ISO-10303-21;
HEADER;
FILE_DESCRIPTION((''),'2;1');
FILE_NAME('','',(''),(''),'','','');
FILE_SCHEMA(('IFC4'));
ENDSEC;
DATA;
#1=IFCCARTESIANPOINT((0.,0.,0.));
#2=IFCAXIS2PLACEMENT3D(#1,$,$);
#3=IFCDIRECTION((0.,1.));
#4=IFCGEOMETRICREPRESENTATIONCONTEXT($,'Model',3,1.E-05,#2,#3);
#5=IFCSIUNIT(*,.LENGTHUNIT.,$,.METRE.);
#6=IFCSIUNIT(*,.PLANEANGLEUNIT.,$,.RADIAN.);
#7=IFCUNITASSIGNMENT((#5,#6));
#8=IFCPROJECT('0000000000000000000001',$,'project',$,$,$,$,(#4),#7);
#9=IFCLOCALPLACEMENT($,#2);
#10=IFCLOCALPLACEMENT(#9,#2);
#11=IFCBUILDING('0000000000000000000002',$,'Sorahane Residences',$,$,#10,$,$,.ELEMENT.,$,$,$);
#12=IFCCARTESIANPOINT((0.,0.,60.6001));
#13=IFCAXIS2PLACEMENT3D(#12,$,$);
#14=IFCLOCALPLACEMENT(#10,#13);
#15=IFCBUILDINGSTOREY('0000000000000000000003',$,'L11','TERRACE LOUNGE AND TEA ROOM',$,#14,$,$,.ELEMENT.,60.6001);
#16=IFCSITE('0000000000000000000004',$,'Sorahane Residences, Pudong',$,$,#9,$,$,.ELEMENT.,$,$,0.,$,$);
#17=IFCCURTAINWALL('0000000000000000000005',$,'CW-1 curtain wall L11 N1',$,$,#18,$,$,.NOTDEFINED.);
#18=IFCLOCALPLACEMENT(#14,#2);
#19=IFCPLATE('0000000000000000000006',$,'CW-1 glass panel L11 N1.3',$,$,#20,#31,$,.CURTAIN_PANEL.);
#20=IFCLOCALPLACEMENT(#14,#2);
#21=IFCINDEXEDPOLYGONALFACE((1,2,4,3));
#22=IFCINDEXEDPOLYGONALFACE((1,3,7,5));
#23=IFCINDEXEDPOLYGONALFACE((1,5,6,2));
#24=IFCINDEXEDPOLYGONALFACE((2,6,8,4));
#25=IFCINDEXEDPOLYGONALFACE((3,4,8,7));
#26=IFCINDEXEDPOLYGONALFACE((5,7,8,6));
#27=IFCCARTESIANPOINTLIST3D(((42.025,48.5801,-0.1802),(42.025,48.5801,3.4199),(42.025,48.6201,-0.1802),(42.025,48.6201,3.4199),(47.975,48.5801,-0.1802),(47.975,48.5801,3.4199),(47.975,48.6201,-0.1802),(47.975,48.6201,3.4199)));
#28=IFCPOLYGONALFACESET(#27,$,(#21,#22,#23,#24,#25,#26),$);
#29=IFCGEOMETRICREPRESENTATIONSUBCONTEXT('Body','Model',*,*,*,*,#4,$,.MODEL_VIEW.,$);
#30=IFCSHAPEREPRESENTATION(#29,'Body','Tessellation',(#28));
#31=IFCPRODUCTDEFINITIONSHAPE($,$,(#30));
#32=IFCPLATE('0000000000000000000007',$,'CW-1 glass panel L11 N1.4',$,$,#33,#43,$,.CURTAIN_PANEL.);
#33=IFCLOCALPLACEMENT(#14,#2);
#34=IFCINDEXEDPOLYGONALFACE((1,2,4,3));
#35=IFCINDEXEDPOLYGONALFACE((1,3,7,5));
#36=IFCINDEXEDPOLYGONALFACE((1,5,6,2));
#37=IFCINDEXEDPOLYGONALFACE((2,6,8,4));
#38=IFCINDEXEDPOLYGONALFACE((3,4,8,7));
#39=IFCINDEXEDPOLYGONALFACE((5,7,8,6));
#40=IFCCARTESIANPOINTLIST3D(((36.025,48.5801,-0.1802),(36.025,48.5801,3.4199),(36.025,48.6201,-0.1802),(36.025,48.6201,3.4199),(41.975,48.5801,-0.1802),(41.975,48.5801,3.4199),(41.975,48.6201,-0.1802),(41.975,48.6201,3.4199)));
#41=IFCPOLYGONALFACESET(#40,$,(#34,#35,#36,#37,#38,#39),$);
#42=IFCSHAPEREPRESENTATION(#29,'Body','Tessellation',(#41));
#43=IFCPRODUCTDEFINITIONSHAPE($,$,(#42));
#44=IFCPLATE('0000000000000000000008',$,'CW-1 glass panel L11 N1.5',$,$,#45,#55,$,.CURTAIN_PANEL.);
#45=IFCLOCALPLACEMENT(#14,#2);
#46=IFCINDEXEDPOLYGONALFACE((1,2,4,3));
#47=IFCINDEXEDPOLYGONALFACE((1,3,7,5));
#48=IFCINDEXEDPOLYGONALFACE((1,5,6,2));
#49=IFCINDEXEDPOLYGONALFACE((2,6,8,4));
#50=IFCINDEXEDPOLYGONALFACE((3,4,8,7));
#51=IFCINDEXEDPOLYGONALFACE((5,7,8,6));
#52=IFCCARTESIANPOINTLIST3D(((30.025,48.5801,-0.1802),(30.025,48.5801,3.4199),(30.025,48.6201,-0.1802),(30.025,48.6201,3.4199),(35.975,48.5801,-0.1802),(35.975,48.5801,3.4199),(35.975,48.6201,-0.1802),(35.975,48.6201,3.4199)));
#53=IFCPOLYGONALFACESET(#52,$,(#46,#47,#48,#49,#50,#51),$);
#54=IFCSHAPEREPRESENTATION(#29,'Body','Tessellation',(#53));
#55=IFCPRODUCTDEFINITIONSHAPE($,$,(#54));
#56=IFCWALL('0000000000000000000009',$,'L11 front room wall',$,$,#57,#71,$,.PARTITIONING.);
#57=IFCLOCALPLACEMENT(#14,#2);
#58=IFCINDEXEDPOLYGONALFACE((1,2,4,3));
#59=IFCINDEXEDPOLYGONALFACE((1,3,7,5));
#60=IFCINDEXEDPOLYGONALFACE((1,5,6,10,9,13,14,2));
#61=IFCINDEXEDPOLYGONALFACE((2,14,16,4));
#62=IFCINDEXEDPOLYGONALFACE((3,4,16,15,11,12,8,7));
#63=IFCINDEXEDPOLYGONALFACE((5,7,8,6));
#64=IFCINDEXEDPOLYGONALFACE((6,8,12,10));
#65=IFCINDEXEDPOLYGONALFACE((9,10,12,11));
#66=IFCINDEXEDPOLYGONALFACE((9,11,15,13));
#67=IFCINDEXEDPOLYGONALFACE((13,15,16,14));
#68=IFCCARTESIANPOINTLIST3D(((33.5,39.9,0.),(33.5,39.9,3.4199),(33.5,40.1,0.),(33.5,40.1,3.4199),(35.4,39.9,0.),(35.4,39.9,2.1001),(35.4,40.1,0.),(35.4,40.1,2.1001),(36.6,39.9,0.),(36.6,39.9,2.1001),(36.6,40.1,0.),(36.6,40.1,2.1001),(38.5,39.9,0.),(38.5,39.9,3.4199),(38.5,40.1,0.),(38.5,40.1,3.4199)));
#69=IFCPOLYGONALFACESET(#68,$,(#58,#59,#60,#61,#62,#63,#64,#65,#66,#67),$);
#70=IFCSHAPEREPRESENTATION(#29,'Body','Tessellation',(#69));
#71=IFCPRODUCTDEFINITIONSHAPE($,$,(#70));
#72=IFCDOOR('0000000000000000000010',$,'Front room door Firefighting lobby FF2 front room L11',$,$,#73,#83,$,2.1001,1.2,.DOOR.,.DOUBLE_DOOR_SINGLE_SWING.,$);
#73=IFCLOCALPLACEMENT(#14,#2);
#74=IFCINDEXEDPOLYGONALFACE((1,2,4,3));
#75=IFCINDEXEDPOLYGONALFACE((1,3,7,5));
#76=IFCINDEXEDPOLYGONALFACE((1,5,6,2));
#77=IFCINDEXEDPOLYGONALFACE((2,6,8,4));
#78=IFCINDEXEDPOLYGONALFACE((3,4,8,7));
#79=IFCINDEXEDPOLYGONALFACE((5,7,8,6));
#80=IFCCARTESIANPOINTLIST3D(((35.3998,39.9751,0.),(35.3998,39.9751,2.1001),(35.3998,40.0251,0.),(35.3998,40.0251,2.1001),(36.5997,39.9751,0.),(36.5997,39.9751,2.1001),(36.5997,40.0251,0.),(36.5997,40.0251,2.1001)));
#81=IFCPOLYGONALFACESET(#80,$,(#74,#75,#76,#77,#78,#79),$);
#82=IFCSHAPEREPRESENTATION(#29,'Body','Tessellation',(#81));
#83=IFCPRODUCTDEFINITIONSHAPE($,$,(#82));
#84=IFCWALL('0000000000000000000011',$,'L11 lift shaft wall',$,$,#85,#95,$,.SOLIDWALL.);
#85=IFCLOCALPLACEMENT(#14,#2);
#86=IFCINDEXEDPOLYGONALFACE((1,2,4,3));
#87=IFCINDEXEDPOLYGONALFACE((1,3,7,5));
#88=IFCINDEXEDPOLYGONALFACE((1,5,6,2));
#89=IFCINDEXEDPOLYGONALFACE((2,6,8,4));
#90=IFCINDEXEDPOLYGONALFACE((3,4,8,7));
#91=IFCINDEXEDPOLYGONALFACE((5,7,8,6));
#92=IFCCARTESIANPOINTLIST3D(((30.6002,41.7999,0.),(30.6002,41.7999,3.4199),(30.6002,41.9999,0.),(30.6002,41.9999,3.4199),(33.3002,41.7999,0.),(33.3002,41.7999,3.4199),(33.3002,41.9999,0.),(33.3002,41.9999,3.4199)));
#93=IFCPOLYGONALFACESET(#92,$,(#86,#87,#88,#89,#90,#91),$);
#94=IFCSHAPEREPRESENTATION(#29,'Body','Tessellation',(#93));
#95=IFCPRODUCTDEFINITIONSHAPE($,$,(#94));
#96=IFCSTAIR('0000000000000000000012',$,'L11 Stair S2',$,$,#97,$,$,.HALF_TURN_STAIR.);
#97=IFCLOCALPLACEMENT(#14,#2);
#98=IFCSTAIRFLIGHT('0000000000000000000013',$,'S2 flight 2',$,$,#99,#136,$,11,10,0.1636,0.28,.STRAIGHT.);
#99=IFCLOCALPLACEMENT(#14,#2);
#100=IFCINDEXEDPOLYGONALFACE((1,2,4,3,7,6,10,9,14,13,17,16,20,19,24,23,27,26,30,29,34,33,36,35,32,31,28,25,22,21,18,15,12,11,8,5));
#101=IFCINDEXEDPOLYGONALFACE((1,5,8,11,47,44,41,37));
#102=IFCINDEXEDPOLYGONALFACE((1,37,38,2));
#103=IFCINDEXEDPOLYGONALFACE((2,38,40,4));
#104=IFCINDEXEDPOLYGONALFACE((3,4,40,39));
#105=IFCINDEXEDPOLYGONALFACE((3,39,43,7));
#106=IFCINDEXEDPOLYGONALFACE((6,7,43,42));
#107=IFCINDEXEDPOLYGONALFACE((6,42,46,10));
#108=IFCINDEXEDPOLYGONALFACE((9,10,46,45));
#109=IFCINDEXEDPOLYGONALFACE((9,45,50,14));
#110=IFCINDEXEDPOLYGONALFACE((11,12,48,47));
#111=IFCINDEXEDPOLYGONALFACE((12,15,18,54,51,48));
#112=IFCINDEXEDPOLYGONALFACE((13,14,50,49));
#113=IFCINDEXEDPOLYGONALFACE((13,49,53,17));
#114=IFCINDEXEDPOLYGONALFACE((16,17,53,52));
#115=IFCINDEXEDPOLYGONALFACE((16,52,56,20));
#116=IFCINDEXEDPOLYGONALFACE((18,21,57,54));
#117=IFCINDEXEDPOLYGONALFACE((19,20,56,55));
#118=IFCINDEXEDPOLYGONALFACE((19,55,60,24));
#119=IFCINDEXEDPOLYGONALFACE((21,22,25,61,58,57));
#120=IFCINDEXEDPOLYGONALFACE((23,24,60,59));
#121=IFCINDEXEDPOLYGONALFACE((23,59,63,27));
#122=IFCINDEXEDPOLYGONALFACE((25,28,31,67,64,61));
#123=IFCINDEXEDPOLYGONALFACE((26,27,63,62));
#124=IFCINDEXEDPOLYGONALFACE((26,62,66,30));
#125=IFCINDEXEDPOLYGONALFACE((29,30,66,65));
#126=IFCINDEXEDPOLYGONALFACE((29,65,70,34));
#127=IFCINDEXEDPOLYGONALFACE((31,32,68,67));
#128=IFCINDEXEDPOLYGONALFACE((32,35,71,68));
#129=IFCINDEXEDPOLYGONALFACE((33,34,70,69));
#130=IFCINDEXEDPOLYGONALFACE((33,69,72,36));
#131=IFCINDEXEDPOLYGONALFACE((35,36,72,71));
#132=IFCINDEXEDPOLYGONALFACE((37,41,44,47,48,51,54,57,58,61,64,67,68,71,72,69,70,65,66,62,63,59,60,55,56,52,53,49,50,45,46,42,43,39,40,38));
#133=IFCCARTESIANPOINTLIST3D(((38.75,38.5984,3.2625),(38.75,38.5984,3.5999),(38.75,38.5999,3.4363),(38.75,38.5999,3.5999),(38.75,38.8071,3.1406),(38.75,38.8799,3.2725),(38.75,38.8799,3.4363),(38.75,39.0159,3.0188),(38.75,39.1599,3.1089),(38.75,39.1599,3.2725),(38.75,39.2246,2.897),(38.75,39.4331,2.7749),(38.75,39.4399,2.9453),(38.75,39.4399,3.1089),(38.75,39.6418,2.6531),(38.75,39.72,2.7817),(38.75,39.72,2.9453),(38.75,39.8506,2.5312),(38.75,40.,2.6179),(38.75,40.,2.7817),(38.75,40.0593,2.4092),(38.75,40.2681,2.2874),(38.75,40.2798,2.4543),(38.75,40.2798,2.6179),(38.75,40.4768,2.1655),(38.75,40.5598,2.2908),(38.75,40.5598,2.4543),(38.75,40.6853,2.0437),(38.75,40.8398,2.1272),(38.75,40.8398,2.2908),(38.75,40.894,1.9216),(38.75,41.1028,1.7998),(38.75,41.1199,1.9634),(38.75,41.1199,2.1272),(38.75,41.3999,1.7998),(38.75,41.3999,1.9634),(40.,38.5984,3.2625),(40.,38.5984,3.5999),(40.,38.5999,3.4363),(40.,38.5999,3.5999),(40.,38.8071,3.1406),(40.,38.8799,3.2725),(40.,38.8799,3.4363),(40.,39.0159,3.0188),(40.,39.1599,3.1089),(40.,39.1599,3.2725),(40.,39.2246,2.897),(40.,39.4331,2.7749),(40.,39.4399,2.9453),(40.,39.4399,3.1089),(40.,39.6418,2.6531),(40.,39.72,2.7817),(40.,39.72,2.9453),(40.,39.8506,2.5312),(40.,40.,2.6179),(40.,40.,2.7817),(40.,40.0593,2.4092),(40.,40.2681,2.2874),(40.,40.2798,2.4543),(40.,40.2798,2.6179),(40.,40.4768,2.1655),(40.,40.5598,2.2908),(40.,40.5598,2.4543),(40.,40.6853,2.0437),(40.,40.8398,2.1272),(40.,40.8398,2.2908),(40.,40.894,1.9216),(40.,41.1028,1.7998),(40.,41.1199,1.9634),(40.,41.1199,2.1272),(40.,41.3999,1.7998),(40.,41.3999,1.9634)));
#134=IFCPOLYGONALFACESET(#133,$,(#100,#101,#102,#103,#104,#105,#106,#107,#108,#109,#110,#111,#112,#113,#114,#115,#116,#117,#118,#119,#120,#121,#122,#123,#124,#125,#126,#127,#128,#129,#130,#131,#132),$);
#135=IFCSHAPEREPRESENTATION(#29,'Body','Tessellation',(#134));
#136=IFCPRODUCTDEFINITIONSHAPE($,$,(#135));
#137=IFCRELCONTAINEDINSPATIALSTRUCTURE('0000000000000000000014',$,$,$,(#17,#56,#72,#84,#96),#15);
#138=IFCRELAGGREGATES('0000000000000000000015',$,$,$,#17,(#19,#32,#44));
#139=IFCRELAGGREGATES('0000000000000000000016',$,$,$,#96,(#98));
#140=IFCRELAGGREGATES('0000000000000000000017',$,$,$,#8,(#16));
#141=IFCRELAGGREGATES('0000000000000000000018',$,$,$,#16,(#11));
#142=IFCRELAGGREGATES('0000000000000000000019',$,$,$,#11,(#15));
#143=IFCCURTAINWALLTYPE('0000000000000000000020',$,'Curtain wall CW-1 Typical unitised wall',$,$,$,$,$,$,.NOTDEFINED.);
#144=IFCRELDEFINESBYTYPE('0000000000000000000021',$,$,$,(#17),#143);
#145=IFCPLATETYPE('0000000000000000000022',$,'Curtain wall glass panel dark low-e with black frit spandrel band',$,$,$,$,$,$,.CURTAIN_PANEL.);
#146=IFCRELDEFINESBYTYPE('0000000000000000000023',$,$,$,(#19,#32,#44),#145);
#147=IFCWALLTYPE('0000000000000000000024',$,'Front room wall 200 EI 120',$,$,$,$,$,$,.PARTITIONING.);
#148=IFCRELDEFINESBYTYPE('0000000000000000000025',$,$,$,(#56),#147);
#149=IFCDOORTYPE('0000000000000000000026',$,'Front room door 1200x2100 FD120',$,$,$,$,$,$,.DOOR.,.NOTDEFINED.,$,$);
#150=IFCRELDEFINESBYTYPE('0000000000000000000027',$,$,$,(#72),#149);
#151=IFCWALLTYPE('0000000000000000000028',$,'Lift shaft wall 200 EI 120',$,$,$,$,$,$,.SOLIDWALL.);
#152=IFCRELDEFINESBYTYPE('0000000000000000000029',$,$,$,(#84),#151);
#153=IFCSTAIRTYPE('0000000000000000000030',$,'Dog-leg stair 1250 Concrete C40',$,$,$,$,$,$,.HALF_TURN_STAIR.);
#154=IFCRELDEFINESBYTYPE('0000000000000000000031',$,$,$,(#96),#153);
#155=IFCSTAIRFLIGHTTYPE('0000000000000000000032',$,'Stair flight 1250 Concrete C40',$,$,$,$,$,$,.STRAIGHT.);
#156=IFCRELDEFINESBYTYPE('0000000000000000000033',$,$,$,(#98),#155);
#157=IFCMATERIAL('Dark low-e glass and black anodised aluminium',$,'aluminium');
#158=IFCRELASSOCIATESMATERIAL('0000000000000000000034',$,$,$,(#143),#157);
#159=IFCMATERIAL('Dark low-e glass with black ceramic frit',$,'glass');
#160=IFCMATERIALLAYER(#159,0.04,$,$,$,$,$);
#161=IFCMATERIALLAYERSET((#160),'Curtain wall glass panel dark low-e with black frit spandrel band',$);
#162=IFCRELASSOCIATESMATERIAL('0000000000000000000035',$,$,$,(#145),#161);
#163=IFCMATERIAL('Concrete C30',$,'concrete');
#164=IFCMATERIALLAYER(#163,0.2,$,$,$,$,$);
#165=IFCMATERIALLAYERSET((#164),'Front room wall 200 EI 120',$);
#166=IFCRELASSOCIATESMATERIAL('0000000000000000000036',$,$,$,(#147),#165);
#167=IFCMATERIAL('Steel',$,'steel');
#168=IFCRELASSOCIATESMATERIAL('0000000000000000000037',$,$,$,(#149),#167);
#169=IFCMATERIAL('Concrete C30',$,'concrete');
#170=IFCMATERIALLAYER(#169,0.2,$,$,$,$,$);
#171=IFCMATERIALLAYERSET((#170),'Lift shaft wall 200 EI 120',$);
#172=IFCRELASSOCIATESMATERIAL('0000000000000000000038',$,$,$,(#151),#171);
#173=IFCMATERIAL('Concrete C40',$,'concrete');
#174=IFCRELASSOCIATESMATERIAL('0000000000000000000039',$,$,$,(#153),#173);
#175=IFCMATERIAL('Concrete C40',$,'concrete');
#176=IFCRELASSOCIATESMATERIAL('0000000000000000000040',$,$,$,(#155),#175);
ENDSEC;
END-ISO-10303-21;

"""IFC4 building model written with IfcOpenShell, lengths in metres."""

from ifc_helpers import new_model, si_unit, direction, frame, frame_2d, origin, origin_2d, place, context, subcontext, project, spatial, polyline, rectangle, outline, extrude, material, layer, layer_set, type_object, element, fill, aggregate, save


model = new_model("IFC4")

# Units and contexts
model_context = context("Model", 3, precision=1e-05, world=origin(), true_north=direction((0.0, 1.0)))
body_context = subcontext(model_context, "Body", "Model", "MODEL_VIEW")
ifc_project = project(units=[si_unit("LENGTHUNIT", "METRE"), si_unit("PLANEANGLEUNIT", "RADIAN")], contexts=[model_context])

# Site, building, storey
site_placement = place(None, origin())
site = spatial("IfcSite", under=ifc_project, at=site_placement, Name="Sorahane Residences, Pudong", CompositionType="ELEMENT", RefElevation=0.0)
building_placement = place(site_placement, origin())
building = spatial("IfcBuilding", under=site, at=building_placement, Name="Sorahane Residences", CompositionType="ELEMENT")
storey_placement = place(building_placement, frame((0.0, 0.0, 60.6001)))
storey = spatial("IfcBuildingStorey", under=building, at=storey_placement, Name="L11", Description="TERRACE LOUNGE AND TEA ROOM", CompositionType="ELEMENT", Elevation=60.6001)

# Curtain wall
ifc_material_1 = material(Name="Dark low-e glass and black anodised aluminium", Category="aluminium")
curtain_wall_type = type_object("IfcCurtainWallType", Name="Curtain wall CW-1 Typical unitised wall", PredefinedType="NOTDEFINED", material=ifc_material_1)
curtain_wall_placement = place(storey_placement, origin())
curtain_wall = element("IfcCurtainWall", 1, at=curtain_wall_placement, inside=storey, type_object=curtain_wall_type, Name="CW-1 curtain wall L11 N1", PredefinedType="NOTDEFINED")

# Plates
ifc_material_2 = material(Name="Dark low-e glass with black ceramic frit", Category="glass")
ifc_layer_1 = layer(ifc_material_2, 0.04)
ifc_layer_set_1 = layer_set([ifc_layer_1], Name="Curtain wall glass panel dark low-e with black frit spandrel band")
plate_type = type_object("IfcPlateType", Name="Curtain wall glass panel dark low-e with black frit spandrel band", PredefinedType="CURTAIN_PANEL", material=ifc_layer_set_1)
plate_1_placement = place(storey_placement, frame((45.0, 48.6001, -0.1802), z_axis=(0.0, 0.0, 1.0), x_axis=(-1.0, 0.0, 0.0)))
plate_1 = element("IfcPlate", 2, at=plate_1_placement, type_object=plate_type, Name="CW-1 glass panel L11 N1.3", PredefinedType="CURTAIN_PANEL", context=body_context, shape_type="SweptSolid", body=[
    extrude(rectangle(XDim=5.95, YDim=0.04, at=origin_2d()), origin(), (0.0, 0.0, 1.0), 3.6001),
])
plate_2_placement = place(storey_placement, frame((39.0, 48.6001, -0.1802), z_axis=(0.0, 0.0, 1.0), x_axis=(-1.0, 0.0, 0.0)))
plate_2 = element("IfcPlate", 3, at=plate_2_placement, type_object=plate_type, Name="CW-1 glass panel L11 N1.4", PredefinedType="CURTAIN_PANEL", context=body_context, shape_type="SweptSolid", body=[
    extrude(rectangle(XDim=5.95, YDim=0.04, at=origin_2d()), origin(), (0.0, 0.0, 1.0), 3.6001),
])
plate_3_placement = place(storey_placement, frame((33.0, 48.6001, -0.1802), z_axis=(0.0, 0.0, 1.0), x_axis=(-1.0, 0.0, 0.0)))
plate_3 = element("IfcPlate", 4, at=plate_3_placement, type_object=plate_type, Name="CW-1 glass panel L11 N1.5", PredefinedType="CURTAIN_PANEL", context=body_context, shape_type="SweptSolid", body=[
    extrude(rectangle(XDim=5.95, YDim=0.04, at=origin_2d()), origin(), (0.0, 0.0, 1.0), 3.6001),
])
aggregate(curtain_wall, [plate_1, plate_2, plate_3])

# Wall, opening, door
ifc_material_3 = material(Name="Concrete C30", Category="concrete")
ifc_layer_2 = layer(ifc_material_3, 0.2)
ifc_layer_set_2 = layer_set([ifc_layer_2], Name="Front room wall 200 EI 120")
wall_type_1 = type_object("IfcWallType", Name="Front room wall 200 EI 120", PredefinedType="PARTITIONING", material=ifc_layer_set_2)
wall_1_placement = place(storey_placement, frame((33.5, 40.0, 0.0), z_axis=(0.0, 0.0, 1.0), x_axis=(1.0, 0.0, 0.0)))
wall_1 = element("IfcWall", 5, at=wall_1_placement, inside=storey, type_object=wall_type_1, Name="L11 front room wall", PredefinedType="PARTITIONING", context=body_context, shape_type="SweptSolid", body=[
    extrude(rectangle(XDim=5.0, YDim=0.2, at=frame_2d((2.5, 0.0))), origin(), (0.0, 0.0, 1.0), 3.4199),
])
opening_placement = place(wall_1_placement, frame((1.8999, 0.0, 0.0)))
opening = element("IfcOpeningElement", 6, at=opening_placement, cuts=wall_1, PredefinedType="OPENING", context=body_context, shape_type="SweptSolid", body=[
    extrude(rectangle(XDim=1.2, YDim=2.1001, at=frame_2d((0.6001, 1.05))), frame((0.0, 0.1099, 0.0), z_axis=(0.0, -1.0, 0.0), x_axis=(1.0, 0.0, 0.0)), (0.0, 0.0, 1.0), 0.22),
])
ifc_material_4 = material(Name="Steel", Category="steel")
door_type = type_object("IfcDoorType", Name="Front room door 1200x2100 FD120", OperationType="NOTDEFINED", PredefinedType="DOOR", material=ifc_material_4)
door_placement = place(opening_placement, frame((1.2, 0.0, 0.0), z_axis=(0.0, 0.0, 1.0), x_axis=(-1.0, 0.0, 0.0)))
door = element("IfcDoor", 7, at=door_placement, inside=storey, type_object=door_type, Name="Front room door Firefighting lobby FF2 front room L11", OperationType="DOUBLE_DOOR_SINGLE_SWING", OverallHeight=2.1001, OverallWidth=1.2, PredefinedType="DOOR", context=body_context, shape_type="SweptSolid", body=[
    extrude(rectangle(XDim=1.2, YDim=2.1001, at=frame_2d((0.6001, 1.05))), frame((0.0, 0.0249, 0.0), z_axis=(0.0, -1.0, 0.0), x_axis=(1.0, 0.0, 0.0)), (0.0, 0.0, 1.0), 0.05),
])
fill(opening, door)

# Wall
ifc_material_5 = material(Name="Concrete C30", Category="concrete")
ifc_layer_3 = layer(ifc_material_5, 0.2)
ifc_layer_set_3 = layer_set([ifc_layer_3], Name="Lift shaft wall 200 EI 120")
wall_type_2 = type_object("IfcWallType", Name="Lift shaft wall 200 EI 120", PredefinedType="SOLIDWALL", material=ifc_layer_set_3)
wall_2_placement = place(storey_placement, frame((30.6001, 41.8999, 0.0), z_axis=(0.0, 0.0, 1.0), x_axis=(1.0, 0.0, 0.0)))
element("IfcWall", 8, at=wall_2_placement, inside=storey, type_object=wall_type_2, Name="L11 lift shaft wall", PredefinedType="SOLIDWALL", context=body_context, shape_type="SweptSolid", body=[
    extrude(rectangle(XDim=2.7, YDim=0.2, at=frame_2d((1.3501, 0.0))), origin(), (0.0, 0.0, 1.0), 3.4199),
])

# Stair, stair flight
ifc_material_6 = material(Name="Concrete C40", Category="concrete")
stair_type = type_object("IfcStairType", Name="Dog-leg stair 1250 Concrete C40", PredefinedType="HALF_TURN_STAIR", material=ifc_material_6)
stair_placement = place(storey_placement, origin())
stair = element("IfcStair", 9, at=stair_placement, inside=storey, type_object=stair_type, Name="L11 Stair S2", PredefinedType="HALF_TURN_STAIR")
ifc_material_7 = material(Name="Concrete C40", Category="concrete")
stair_flight_type = type_object("IfcStairFlightType", Name="Stair flight 1250 Concrete C40", PredefinedType="STRAIGHT", material=ifc_material_7)
stair_flight_placement = place(storey_placement, frame((39.375, 41.3999, 1.7998), z_axis=(0.0, 0.0, 1.0), x_axis=(0.0, -1.0, 0.0)))
stair_flight = element("IfcStairFlight", 10, at=stair_flight_placement, type_object=stair_flight_type, Name="S2 flight 2", NumberOfRisers=11, NumberOfTreads=10, PredefinedType="STRAIGHT", RiserHeight=0.1636, TreadLength=0.28, context=body_context, shape_type="SweptSolid", body=[
    extrude(outline(polyline([(0.0, 0.0), (0.0, 0.1636), (0.28, 0.1636), (0.28, 0.3274), (0.5601, 0.3274), (0.5601, 0.491), (0.8401, 0.491), (0.8401, 0.6545), (1.1201, 0.6545), (1.1201, 0.8181), (1.3999, 0.8181), (1.3999, 0.9819), (1.6799, 0.9819), (1.6799, 1.1455), (1.96, 1.1455), (1.96, 1.3091), (2.24, 1.3091), (2.24, 1.4727), (2.52, 1.4727), (2.52, 1.6365), (2.8, 1.6365), (2.8, 1.8), (2.8015, 1.8), (2.8015, 1.4626), (2.5928, 1.3408), (2.384, 1.219), (2.1753, 1.0972), (1.9668, 0.9751), (1.7581, 0.8533), (1.5493, 0.7314), (1.3406, 0.6094), (1.1318, 0.4875), (0.9231, 0.3657), (0.7146, 0.2439), (0.5059, 0.1218), (0.2971, 0.0), (0.0, 0.0)])), frame((0.0, 0.625, 0.0), z_axis=(0.0, -1.0, 0.0), x_axis=(1.0, 0.0, 0.0)), (0.0, 0.0, 1.0), 1.25),
])
aggregate(stair, [stair_flight])

save(model, "model.ifc")
